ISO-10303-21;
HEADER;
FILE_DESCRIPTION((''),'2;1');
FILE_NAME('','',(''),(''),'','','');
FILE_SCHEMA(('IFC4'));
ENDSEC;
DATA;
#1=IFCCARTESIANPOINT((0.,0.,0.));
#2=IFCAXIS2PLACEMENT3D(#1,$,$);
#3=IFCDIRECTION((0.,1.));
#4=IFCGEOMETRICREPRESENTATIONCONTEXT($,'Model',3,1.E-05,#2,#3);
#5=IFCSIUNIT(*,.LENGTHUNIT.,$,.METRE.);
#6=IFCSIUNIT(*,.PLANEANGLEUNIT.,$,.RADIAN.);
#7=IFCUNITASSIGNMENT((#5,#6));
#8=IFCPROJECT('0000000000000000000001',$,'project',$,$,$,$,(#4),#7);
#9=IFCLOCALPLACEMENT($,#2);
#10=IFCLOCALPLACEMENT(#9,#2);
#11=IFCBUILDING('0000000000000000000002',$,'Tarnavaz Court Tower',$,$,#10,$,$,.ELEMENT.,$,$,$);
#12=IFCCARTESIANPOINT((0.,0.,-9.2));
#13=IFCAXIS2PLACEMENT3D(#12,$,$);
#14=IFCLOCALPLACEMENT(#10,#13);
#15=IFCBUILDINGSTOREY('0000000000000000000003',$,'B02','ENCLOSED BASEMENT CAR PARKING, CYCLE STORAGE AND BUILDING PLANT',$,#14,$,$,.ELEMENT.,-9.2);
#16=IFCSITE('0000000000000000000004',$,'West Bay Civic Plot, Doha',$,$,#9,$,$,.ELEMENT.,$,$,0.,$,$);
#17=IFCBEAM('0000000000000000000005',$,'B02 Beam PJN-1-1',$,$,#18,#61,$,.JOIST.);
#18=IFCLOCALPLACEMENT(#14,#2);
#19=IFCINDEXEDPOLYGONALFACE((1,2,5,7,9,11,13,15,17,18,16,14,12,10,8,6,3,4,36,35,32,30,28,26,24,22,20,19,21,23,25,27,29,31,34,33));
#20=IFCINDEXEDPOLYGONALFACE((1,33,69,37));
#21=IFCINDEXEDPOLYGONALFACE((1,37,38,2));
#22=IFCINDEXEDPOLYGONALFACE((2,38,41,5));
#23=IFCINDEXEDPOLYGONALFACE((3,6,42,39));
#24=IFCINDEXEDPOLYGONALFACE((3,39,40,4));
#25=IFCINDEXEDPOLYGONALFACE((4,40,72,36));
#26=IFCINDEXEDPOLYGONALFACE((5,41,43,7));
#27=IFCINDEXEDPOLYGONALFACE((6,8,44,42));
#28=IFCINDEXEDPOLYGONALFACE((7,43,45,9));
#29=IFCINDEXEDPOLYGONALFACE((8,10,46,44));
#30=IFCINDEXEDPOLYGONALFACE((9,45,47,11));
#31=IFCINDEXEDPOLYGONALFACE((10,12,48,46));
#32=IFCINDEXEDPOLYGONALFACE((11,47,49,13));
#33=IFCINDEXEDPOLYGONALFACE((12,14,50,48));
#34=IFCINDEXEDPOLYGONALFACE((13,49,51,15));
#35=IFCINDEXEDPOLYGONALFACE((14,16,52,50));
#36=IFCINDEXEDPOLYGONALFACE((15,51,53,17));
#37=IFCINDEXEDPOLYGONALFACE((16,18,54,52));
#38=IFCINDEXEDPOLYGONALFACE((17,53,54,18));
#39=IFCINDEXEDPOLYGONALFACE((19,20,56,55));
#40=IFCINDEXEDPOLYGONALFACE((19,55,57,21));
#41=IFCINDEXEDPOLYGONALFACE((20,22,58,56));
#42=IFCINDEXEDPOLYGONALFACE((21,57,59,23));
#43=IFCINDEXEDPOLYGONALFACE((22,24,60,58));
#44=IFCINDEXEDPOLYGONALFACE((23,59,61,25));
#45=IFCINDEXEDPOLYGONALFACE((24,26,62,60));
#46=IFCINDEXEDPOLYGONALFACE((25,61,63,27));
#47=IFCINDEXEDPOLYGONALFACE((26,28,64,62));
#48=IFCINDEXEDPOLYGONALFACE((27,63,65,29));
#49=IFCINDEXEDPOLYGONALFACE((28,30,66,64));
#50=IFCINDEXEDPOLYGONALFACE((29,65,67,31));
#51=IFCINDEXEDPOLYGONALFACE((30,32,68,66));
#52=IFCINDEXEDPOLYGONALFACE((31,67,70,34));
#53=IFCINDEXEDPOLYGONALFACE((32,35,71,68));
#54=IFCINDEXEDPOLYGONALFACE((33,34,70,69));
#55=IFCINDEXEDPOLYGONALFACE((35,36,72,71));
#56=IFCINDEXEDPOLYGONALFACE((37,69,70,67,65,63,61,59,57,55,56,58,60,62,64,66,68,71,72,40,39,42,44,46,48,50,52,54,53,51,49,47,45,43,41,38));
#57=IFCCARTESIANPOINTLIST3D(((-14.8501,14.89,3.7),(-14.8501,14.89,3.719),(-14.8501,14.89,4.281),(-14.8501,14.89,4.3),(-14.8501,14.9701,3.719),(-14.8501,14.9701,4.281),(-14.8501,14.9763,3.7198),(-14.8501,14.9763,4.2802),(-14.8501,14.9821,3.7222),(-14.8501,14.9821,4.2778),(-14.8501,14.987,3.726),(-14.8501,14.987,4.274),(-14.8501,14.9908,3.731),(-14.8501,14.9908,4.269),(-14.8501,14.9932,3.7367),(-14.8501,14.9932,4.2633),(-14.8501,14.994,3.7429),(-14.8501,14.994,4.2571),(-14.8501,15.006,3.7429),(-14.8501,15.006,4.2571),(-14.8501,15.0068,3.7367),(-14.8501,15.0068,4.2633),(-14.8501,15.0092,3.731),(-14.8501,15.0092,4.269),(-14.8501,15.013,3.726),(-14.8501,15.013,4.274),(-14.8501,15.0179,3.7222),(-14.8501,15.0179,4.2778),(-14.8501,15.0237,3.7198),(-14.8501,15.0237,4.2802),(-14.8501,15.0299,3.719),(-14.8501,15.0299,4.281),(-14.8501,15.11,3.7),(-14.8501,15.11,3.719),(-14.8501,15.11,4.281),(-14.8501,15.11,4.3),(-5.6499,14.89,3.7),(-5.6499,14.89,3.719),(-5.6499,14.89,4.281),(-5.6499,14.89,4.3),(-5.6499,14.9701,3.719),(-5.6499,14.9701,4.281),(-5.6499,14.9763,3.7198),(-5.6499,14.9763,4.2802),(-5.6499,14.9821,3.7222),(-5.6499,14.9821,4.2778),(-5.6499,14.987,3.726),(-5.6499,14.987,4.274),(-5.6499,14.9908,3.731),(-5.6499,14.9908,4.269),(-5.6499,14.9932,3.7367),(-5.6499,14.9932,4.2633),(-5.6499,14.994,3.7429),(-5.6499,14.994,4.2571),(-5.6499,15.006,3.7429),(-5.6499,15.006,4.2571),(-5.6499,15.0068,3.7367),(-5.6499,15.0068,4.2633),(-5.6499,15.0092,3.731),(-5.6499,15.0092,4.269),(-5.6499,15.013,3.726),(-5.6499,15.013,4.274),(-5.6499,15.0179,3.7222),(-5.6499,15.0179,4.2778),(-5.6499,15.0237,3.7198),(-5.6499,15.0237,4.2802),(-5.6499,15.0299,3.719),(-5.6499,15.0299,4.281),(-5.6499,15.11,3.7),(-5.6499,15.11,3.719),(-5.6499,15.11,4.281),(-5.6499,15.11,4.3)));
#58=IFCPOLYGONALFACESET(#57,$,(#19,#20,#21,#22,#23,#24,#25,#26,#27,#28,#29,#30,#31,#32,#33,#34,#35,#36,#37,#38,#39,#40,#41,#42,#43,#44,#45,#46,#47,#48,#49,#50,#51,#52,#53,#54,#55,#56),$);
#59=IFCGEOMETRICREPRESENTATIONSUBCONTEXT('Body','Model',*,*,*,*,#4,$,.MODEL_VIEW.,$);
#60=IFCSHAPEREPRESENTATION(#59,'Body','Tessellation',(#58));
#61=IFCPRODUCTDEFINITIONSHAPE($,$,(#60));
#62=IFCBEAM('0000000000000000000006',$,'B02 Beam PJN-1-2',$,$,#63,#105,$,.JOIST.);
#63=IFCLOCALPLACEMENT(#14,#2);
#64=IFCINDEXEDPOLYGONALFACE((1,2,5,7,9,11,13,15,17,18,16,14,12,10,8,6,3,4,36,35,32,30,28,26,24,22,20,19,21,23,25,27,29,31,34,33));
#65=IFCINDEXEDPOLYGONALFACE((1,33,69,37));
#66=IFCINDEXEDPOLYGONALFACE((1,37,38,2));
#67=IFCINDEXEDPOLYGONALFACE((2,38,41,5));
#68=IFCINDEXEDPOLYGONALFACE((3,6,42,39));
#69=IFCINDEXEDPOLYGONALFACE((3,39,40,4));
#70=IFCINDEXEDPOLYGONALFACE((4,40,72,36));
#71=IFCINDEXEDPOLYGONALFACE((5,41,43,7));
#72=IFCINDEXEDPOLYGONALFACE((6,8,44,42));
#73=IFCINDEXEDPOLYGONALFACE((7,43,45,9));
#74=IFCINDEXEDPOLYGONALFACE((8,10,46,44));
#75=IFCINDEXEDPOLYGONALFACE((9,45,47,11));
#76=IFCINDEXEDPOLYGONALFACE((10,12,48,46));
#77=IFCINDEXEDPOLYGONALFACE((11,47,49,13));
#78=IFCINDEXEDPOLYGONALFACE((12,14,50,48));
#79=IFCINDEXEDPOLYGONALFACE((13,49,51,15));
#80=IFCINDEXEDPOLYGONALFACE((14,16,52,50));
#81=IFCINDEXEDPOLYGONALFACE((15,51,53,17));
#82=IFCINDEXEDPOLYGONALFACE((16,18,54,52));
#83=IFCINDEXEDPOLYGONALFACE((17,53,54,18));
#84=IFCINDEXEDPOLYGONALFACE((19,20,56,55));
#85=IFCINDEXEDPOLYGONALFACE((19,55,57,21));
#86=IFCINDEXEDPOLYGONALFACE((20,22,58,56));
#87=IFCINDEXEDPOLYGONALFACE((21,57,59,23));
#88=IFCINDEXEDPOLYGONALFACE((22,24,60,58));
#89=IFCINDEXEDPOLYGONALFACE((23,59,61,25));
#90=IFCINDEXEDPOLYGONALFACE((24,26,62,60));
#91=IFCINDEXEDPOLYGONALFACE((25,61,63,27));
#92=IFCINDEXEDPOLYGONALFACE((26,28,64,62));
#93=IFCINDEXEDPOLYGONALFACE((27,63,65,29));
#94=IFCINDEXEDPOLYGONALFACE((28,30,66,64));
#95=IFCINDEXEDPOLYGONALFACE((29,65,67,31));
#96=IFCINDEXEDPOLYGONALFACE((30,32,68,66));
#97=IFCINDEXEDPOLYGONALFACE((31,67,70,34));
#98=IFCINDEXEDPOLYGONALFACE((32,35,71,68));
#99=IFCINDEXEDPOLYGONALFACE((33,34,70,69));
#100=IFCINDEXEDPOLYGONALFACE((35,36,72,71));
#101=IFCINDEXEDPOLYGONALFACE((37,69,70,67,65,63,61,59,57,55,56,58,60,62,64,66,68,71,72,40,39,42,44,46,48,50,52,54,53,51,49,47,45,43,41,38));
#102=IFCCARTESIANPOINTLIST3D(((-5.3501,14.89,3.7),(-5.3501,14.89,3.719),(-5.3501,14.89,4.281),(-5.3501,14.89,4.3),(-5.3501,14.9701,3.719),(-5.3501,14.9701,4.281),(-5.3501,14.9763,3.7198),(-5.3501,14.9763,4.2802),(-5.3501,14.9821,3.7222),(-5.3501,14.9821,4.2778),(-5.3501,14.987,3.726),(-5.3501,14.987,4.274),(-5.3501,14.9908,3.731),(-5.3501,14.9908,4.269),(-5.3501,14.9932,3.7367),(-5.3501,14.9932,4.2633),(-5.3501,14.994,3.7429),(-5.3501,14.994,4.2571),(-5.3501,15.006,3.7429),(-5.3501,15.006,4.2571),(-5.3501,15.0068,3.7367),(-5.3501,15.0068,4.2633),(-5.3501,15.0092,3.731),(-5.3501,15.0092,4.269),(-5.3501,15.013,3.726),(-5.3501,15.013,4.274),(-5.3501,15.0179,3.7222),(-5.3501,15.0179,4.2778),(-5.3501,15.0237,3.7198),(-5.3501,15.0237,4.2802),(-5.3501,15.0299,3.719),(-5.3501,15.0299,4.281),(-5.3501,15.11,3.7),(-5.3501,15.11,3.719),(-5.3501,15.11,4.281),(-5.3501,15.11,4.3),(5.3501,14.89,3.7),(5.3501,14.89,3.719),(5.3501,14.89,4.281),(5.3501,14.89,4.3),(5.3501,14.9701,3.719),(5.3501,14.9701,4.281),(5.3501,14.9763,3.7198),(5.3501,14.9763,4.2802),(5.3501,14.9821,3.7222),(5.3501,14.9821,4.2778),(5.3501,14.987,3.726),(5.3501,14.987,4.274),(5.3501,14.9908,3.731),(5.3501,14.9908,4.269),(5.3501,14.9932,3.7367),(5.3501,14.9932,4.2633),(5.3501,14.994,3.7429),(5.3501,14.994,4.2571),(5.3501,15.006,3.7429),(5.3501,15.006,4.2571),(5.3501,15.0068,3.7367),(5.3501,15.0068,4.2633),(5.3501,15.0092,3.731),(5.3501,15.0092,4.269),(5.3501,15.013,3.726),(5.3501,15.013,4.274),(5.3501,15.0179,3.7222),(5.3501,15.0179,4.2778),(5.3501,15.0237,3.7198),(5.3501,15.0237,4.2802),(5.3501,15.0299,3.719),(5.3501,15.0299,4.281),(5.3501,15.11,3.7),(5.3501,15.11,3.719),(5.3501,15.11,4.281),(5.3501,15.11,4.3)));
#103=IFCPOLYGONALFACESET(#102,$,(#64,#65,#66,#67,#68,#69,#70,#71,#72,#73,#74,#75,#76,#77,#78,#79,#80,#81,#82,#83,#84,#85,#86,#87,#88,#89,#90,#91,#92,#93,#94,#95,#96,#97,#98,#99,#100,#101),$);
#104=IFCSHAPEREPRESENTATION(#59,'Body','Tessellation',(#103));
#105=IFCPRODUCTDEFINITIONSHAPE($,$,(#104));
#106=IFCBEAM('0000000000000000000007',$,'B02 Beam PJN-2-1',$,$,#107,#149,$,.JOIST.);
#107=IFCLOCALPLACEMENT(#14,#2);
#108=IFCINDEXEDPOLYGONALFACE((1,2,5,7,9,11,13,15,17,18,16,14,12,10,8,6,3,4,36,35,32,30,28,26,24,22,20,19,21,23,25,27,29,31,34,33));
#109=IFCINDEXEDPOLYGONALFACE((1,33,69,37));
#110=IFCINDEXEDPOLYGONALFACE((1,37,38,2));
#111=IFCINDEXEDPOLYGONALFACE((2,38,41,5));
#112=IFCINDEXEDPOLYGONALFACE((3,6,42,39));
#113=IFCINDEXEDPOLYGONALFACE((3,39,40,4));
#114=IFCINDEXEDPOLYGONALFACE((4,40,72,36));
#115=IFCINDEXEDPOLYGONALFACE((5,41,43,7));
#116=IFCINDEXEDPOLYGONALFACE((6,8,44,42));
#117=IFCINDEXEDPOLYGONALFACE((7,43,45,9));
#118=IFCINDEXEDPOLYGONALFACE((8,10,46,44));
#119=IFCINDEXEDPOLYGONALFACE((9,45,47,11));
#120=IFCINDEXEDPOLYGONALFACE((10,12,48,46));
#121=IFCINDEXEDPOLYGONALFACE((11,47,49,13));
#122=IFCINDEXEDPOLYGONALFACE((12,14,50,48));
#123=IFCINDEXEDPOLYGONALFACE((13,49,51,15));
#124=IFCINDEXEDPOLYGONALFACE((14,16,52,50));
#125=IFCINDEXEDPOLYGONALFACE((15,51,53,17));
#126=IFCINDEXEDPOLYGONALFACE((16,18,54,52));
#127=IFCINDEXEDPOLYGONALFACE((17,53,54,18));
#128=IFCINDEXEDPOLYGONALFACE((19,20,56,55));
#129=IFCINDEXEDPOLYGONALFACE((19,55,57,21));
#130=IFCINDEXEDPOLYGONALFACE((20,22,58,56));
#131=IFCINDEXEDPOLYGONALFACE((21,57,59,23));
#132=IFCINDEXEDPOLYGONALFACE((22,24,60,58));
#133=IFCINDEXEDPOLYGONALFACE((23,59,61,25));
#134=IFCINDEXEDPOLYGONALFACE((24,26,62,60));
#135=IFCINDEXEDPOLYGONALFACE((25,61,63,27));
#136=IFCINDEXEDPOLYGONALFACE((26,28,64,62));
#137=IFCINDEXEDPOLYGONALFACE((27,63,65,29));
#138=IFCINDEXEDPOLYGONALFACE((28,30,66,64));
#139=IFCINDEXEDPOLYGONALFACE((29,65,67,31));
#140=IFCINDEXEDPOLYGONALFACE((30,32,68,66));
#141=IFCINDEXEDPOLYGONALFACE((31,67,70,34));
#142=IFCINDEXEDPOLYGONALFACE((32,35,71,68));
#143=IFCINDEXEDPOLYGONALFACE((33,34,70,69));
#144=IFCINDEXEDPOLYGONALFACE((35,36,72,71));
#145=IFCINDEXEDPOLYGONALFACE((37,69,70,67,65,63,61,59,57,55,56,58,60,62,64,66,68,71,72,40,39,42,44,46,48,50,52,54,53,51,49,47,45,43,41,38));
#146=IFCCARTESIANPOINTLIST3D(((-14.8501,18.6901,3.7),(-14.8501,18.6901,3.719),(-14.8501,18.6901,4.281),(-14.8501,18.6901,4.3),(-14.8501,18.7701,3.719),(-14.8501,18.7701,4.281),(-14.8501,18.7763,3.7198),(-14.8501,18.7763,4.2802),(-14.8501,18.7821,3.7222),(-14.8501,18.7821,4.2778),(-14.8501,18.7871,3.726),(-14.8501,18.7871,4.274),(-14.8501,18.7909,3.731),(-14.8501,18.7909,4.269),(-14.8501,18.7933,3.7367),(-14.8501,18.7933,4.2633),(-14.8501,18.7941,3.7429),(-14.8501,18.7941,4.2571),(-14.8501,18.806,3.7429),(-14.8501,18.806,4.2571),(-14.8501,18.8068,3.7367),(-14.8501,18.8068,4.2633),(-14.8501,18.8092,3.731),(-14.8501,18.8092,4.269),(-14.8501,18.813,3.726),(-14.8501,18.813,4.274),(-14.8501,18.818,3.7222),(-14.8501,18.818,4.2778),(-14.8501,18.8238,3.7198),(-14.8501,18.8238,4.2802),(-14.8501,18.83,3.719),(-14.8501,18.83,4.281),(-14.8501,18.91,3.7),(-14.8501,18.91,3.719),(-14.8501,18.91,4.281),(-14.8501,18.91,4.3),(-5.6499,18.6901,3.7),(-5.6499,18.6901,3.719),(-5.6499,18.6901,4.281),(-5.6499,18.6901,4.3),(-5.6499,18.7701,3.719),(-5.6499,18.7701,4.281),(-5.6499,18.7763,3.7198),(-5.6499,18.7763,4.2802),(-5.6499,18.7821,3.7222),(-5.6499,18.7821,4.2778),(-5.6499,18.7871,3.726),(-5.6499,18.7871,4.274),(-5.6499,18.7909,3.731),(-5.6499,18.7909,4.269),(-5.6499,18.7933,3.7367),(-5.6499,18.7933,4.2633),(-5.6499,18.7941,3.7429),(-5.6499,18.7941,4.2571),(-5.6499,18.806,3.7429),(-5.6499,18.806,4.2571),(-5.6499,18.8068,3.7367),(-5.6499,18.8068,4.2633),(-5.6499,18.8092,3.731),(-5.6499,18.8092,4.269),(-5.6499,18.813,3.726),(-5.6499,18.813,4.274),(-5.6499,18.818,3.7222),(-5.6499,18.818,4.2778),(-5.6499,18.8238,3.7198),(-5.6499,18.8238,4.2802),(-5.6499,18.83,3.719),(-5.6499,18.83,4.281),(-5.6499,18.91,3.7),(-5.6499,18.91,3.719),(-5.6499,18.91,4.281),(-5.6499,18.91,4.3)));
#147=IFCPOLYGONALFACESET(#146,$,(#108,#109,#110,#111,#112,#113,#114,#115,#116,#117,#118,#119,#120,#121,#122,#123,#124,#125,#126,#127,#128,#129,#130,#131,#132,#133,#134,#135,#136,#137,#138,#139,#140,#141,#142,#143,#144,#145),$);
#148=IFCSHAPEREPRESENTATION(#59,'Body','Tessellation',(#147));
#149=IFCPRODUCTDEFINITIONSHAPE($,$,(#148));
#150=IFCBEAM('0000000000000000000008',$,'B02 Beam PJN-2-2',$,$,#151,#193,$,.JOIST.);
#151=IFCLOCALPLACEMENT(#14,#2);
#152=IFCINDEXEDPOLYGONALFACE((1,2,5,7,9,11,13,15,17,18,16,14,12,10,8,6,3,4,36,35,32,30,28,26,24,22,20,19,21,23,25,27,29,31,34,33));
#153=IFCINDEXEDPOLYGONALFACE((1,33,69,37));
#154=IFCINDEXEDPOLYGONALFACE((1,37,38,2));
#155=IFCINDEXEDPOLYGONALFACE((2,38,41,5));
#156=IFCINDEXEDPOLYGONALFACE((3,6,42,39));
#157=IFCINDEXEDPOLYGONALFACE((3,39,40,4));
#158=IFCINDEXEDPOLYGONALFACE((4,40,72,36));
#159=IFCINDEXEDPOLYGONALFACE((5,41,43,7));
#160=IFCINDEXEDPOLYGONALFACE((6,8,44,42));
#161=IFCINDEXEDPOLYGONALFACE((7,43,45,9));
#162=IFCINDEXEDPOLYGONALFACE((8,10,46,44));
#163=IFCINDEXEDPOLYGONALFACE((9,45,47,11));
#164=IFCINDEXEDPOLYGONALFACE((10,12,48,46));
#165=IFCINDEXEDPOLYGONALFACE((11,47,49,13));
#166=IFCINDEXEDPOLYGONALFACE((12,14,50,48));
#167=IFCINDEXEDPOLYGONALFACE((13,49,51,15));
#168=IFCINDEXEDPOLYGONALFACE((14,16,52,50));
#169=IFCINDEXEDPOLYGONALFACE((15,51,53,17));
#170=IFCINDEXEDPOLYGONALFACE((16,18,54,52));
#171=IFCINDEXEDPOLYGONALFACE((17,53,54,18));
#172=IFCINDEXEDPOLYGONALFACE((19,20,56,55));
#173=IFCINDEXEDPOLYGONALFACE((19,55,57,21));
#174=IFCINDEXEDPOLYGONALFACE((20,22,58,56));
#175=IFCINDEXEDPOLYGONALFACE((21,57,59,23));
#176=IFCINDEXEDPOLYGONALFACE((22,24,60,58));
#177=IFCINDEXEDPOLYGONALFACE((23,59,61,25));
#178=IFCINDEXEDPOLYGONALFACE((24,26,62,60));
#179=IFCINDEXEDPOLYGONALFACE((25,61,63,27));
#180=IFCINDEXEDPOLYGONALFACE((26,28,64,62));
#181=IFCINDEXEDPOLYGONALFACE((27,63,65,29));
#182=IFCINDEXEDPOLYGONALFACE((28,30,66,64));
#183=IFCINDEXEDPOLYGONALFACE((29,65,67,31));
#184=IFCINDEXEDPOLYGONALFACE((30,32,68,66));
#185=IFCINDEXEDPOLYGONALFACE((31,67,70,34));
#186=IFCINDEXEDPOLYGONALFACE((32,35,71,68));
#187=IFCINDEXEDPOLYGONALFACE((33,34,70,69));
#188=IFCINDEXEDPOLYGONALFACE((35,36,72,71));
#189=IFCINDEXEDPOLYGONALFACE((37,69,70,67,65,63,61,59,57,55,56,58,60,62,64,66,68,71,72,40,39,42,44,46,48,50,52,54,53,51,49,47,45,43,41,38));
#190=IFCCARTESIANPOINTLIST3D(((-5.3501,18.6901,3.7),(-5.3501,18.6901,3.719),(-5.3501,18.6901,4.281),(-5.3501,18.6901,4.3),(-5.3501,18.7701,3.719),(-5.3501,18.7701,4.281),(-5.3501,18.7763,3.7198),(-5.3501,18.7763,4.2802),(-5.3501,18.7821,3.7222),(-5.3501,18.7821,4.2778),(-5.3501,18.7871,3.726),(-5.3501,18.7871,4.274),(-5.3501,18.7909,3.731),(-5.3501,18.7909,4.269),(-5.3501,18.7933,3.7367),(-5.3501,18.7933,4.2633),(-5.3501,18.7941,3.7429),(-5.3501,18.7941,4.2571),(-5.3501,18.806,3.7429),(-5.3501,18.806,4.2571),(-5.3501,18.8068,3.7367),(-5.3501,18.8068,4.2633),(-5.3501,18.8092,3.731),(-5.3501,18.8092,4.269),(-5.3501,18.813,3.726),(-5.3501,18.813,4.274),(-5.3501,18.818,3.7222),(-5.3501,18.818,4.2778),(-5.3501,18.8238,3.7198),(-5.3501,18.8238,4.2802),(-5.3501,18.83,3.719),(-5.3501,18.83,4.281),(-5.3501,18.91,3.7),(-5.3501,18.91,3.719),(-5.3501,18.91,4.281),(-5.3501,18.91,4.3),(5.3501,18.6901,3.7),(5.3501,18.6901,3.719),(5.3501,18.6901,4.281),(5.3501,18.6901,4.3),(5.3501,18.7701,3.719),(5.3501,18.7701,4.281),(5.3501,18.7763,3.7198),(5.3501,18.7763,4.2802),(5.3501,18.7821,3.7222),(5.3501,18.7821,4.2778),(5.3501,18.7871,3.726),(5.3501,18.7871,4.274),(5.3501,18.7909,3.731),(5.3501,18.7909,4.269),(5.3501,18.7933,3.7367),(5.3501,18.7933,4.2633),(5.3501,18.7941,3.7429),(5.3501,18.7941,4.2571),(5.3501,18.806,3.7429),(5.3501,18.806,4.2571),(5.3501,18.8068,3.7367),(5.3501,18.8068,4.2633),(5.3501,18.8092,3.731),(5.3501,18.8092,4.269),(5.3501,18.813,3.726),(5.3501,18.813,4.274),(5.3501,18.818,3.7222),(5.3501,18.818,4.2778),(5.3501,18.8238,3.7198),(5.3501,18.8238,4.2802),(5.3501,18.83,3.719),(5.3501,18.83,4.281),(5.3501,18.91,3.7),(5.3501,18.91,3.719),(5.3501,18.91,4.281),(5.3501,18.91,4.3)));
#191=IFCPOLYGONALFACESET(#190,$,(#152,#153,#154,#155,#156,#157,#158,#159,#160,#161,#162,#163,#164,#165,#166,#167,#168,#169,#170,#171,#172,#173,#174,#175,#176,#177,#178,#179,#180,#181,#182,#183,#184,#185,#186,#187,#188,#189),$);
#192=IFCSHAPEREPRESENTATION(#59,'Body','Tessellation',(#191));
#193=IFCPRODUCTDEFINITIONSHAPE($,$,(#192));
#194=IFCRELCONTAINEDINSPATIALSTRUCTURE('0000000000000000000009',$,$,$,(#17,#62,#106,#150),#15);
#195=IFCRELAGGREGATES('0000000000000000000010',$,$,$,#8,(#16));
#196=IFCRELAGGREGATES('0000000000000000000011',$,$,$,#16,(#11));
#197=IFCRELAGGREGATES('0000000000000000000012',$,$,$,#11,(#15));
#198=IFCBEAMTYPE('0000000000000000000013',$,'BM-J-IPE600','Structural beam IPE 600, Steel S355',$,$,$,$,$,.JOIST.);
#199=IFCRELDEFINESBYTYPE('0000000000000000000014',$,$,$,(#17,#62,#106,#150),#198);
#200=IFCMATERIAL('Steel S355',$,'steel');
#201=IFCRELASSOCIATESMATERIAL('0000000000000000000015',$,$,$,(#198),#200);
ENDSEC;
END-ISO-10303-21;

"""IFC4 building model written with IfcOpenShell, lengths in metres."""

from ifc_helpers import new_model, si_unit, direction, frame, origin, origin_2d, place, context, subcontext, project, spatial, i_section, extrude, material, material_profile, profile_set, type_object, element, save


model = new_model("IFC4")

# Units and contexts
model_context = context("Model", 3, precision=1e-05, world=origin(), true_north=direction((0.0, 1.0)))
body_context = subcontext(model_context, "Body", "Model", "MODEL_VIEW")
ifc_project = project(units=[si_unit("LENGTHUNIT", "METRE"), si_unit("PLANEANGLEUNIT", "RADIAN")], contexts=[model_context])

# Site, building, storey
site_placement = place(None, origin())
site = spatial("IfcSite", under=ifc_project, at=site_placement, Name="West Bay Civic Plot, Doha", CompositionType="ELEMENT", RefElevation=0.0)
building_placement = place(site_placement, origin())
building = spatial("IfcBuilding", under=site, at=building_placement, Name="Tarnavaz Court Tower", CompositionType="ELEMENT")
storey_placement = place(building_placement, frame((0.0, 0.0, -9.2)))
storey = spatial("IfcBuildingStorey", under=building, at=storey_placement, Name="B02", Description="ENCLOSED BASEMENT CAR PARKING, CYCLE STORAGE AND BUILDING PLANT", CompositionType="ELEMENT", Elevation=-9.2)

# Beams
ifc_material_1 = material(Name="Steel S355", Category="steel")
ifc_material_profile_1 = material_profile(ifc_material_1, i_section(OverallWidth=0.22, OverallDepth=0.6001, WebThickness=0.012, FlangeThickness=0.019, FilletRadius=0.0239, at=origin_2d()), Name="IPE 600")
ifc_profile_set_1 = profile_set([ifc_material_profile_1], Name="Steel S355")
beam_type_1 = type_object("IfcBeamType", Name="BM-J-IPE600", Description="Structural beam IPE 600, Steel S355", PredefinedType="JOIST", material=ifc_profile_set_1)
beam_1_placement = place(storey_placement, frame((-14.8501, 15.0, 4.0), z_axis=(1.0, 0.0, 0.0), x_axis=(0.0, 1.0, 0.0)))
element("IfcBeam", 1, at=beam_1_placement, inside=storey, type_object=beam_type_1, Name="B02 Beam PJN-1-1", PredefinedType="JOIST", context=body_context, shape_type="SweptSolid", body=[
    extrude(i_section(OverallWidth=0.22, OverallDepth=0.6001, WebThickness=0.012, FlangeThickness=0.019, FilletRadius=0.0239, at=origin_2d()), origin(), (0.0, 0.0, 1.0), 9.2002),
])
beam_2_placement = place(storey_placement, frame((-5.3501, 15.0, 4.0), z_axis=(1.0, 0.0, 0.0), x_axis=(0.0, 1.0, 0.0)))
element("IfcBeam", 2, at=beam_2_placement, inside=storey, type_object=beam_type_1, Name="B02 Beam PJN-1-2", PredefinedType="JOIST", context=body_context, shape_type="SweptSolid", body=[
    extrude(i_section(OverallWidth=0.22, OverallDepth=0.6001, WebThickness=0.012, FlangeThickness=0.019, FilletRadius=0.0239, at=origin_2d()), origin(), (0.0, 0.0, 1.0), 10.7002),
])
beam_3_placement = place(storey_placement, frame((-14.8501, 18.8, 4.0), z_axis=(1.0, 0.0, 0.0), x_axis=(0.0, 1.0, 0.0)))
element("IfcBeam", 3, at=beam_3_placement, inside=storey, type_object=beam_type_1, Name="B02 Beam PJN-2-1", PredefinedType="JOIST", context=body_context, shape_type="SweptSolid", body=[
    extrude(i_section(OverallWidth=0.22, OverallDepth=0.6001, WebThickness=0.012, FlangeThickness=0.019, FilletRadius=0.0239, at=origin_2d()), origin(), (0.0, 0.0, 1.0), 9.2002),
])
beam_4_placement = place(storey_placement, frame((-5.3501, 18.8, 4.0), z_axis=(1.0, 0.0, 0.0), x_axis=(0.0, 1.0, 0.0)))
element("IfcBeam", 4, at=beam_4_placement, inside=storey, type_object=beam_type_1, Name="B02 Beam PJN-2-2", PredefinedType="JOIST", context=body_context, shape_type="SweptSolid", body=[
    extrude(i_section(OverallWidth=0.22, OverallDepth=0.6001, WebThickness=0.012, FlangeThickness=0.019, FilletRadius=0.0239, at=origin_2d()), origin(), (0.0, 0.0, 1.0), 10.7002),
])

save(model, "model.ifc")
